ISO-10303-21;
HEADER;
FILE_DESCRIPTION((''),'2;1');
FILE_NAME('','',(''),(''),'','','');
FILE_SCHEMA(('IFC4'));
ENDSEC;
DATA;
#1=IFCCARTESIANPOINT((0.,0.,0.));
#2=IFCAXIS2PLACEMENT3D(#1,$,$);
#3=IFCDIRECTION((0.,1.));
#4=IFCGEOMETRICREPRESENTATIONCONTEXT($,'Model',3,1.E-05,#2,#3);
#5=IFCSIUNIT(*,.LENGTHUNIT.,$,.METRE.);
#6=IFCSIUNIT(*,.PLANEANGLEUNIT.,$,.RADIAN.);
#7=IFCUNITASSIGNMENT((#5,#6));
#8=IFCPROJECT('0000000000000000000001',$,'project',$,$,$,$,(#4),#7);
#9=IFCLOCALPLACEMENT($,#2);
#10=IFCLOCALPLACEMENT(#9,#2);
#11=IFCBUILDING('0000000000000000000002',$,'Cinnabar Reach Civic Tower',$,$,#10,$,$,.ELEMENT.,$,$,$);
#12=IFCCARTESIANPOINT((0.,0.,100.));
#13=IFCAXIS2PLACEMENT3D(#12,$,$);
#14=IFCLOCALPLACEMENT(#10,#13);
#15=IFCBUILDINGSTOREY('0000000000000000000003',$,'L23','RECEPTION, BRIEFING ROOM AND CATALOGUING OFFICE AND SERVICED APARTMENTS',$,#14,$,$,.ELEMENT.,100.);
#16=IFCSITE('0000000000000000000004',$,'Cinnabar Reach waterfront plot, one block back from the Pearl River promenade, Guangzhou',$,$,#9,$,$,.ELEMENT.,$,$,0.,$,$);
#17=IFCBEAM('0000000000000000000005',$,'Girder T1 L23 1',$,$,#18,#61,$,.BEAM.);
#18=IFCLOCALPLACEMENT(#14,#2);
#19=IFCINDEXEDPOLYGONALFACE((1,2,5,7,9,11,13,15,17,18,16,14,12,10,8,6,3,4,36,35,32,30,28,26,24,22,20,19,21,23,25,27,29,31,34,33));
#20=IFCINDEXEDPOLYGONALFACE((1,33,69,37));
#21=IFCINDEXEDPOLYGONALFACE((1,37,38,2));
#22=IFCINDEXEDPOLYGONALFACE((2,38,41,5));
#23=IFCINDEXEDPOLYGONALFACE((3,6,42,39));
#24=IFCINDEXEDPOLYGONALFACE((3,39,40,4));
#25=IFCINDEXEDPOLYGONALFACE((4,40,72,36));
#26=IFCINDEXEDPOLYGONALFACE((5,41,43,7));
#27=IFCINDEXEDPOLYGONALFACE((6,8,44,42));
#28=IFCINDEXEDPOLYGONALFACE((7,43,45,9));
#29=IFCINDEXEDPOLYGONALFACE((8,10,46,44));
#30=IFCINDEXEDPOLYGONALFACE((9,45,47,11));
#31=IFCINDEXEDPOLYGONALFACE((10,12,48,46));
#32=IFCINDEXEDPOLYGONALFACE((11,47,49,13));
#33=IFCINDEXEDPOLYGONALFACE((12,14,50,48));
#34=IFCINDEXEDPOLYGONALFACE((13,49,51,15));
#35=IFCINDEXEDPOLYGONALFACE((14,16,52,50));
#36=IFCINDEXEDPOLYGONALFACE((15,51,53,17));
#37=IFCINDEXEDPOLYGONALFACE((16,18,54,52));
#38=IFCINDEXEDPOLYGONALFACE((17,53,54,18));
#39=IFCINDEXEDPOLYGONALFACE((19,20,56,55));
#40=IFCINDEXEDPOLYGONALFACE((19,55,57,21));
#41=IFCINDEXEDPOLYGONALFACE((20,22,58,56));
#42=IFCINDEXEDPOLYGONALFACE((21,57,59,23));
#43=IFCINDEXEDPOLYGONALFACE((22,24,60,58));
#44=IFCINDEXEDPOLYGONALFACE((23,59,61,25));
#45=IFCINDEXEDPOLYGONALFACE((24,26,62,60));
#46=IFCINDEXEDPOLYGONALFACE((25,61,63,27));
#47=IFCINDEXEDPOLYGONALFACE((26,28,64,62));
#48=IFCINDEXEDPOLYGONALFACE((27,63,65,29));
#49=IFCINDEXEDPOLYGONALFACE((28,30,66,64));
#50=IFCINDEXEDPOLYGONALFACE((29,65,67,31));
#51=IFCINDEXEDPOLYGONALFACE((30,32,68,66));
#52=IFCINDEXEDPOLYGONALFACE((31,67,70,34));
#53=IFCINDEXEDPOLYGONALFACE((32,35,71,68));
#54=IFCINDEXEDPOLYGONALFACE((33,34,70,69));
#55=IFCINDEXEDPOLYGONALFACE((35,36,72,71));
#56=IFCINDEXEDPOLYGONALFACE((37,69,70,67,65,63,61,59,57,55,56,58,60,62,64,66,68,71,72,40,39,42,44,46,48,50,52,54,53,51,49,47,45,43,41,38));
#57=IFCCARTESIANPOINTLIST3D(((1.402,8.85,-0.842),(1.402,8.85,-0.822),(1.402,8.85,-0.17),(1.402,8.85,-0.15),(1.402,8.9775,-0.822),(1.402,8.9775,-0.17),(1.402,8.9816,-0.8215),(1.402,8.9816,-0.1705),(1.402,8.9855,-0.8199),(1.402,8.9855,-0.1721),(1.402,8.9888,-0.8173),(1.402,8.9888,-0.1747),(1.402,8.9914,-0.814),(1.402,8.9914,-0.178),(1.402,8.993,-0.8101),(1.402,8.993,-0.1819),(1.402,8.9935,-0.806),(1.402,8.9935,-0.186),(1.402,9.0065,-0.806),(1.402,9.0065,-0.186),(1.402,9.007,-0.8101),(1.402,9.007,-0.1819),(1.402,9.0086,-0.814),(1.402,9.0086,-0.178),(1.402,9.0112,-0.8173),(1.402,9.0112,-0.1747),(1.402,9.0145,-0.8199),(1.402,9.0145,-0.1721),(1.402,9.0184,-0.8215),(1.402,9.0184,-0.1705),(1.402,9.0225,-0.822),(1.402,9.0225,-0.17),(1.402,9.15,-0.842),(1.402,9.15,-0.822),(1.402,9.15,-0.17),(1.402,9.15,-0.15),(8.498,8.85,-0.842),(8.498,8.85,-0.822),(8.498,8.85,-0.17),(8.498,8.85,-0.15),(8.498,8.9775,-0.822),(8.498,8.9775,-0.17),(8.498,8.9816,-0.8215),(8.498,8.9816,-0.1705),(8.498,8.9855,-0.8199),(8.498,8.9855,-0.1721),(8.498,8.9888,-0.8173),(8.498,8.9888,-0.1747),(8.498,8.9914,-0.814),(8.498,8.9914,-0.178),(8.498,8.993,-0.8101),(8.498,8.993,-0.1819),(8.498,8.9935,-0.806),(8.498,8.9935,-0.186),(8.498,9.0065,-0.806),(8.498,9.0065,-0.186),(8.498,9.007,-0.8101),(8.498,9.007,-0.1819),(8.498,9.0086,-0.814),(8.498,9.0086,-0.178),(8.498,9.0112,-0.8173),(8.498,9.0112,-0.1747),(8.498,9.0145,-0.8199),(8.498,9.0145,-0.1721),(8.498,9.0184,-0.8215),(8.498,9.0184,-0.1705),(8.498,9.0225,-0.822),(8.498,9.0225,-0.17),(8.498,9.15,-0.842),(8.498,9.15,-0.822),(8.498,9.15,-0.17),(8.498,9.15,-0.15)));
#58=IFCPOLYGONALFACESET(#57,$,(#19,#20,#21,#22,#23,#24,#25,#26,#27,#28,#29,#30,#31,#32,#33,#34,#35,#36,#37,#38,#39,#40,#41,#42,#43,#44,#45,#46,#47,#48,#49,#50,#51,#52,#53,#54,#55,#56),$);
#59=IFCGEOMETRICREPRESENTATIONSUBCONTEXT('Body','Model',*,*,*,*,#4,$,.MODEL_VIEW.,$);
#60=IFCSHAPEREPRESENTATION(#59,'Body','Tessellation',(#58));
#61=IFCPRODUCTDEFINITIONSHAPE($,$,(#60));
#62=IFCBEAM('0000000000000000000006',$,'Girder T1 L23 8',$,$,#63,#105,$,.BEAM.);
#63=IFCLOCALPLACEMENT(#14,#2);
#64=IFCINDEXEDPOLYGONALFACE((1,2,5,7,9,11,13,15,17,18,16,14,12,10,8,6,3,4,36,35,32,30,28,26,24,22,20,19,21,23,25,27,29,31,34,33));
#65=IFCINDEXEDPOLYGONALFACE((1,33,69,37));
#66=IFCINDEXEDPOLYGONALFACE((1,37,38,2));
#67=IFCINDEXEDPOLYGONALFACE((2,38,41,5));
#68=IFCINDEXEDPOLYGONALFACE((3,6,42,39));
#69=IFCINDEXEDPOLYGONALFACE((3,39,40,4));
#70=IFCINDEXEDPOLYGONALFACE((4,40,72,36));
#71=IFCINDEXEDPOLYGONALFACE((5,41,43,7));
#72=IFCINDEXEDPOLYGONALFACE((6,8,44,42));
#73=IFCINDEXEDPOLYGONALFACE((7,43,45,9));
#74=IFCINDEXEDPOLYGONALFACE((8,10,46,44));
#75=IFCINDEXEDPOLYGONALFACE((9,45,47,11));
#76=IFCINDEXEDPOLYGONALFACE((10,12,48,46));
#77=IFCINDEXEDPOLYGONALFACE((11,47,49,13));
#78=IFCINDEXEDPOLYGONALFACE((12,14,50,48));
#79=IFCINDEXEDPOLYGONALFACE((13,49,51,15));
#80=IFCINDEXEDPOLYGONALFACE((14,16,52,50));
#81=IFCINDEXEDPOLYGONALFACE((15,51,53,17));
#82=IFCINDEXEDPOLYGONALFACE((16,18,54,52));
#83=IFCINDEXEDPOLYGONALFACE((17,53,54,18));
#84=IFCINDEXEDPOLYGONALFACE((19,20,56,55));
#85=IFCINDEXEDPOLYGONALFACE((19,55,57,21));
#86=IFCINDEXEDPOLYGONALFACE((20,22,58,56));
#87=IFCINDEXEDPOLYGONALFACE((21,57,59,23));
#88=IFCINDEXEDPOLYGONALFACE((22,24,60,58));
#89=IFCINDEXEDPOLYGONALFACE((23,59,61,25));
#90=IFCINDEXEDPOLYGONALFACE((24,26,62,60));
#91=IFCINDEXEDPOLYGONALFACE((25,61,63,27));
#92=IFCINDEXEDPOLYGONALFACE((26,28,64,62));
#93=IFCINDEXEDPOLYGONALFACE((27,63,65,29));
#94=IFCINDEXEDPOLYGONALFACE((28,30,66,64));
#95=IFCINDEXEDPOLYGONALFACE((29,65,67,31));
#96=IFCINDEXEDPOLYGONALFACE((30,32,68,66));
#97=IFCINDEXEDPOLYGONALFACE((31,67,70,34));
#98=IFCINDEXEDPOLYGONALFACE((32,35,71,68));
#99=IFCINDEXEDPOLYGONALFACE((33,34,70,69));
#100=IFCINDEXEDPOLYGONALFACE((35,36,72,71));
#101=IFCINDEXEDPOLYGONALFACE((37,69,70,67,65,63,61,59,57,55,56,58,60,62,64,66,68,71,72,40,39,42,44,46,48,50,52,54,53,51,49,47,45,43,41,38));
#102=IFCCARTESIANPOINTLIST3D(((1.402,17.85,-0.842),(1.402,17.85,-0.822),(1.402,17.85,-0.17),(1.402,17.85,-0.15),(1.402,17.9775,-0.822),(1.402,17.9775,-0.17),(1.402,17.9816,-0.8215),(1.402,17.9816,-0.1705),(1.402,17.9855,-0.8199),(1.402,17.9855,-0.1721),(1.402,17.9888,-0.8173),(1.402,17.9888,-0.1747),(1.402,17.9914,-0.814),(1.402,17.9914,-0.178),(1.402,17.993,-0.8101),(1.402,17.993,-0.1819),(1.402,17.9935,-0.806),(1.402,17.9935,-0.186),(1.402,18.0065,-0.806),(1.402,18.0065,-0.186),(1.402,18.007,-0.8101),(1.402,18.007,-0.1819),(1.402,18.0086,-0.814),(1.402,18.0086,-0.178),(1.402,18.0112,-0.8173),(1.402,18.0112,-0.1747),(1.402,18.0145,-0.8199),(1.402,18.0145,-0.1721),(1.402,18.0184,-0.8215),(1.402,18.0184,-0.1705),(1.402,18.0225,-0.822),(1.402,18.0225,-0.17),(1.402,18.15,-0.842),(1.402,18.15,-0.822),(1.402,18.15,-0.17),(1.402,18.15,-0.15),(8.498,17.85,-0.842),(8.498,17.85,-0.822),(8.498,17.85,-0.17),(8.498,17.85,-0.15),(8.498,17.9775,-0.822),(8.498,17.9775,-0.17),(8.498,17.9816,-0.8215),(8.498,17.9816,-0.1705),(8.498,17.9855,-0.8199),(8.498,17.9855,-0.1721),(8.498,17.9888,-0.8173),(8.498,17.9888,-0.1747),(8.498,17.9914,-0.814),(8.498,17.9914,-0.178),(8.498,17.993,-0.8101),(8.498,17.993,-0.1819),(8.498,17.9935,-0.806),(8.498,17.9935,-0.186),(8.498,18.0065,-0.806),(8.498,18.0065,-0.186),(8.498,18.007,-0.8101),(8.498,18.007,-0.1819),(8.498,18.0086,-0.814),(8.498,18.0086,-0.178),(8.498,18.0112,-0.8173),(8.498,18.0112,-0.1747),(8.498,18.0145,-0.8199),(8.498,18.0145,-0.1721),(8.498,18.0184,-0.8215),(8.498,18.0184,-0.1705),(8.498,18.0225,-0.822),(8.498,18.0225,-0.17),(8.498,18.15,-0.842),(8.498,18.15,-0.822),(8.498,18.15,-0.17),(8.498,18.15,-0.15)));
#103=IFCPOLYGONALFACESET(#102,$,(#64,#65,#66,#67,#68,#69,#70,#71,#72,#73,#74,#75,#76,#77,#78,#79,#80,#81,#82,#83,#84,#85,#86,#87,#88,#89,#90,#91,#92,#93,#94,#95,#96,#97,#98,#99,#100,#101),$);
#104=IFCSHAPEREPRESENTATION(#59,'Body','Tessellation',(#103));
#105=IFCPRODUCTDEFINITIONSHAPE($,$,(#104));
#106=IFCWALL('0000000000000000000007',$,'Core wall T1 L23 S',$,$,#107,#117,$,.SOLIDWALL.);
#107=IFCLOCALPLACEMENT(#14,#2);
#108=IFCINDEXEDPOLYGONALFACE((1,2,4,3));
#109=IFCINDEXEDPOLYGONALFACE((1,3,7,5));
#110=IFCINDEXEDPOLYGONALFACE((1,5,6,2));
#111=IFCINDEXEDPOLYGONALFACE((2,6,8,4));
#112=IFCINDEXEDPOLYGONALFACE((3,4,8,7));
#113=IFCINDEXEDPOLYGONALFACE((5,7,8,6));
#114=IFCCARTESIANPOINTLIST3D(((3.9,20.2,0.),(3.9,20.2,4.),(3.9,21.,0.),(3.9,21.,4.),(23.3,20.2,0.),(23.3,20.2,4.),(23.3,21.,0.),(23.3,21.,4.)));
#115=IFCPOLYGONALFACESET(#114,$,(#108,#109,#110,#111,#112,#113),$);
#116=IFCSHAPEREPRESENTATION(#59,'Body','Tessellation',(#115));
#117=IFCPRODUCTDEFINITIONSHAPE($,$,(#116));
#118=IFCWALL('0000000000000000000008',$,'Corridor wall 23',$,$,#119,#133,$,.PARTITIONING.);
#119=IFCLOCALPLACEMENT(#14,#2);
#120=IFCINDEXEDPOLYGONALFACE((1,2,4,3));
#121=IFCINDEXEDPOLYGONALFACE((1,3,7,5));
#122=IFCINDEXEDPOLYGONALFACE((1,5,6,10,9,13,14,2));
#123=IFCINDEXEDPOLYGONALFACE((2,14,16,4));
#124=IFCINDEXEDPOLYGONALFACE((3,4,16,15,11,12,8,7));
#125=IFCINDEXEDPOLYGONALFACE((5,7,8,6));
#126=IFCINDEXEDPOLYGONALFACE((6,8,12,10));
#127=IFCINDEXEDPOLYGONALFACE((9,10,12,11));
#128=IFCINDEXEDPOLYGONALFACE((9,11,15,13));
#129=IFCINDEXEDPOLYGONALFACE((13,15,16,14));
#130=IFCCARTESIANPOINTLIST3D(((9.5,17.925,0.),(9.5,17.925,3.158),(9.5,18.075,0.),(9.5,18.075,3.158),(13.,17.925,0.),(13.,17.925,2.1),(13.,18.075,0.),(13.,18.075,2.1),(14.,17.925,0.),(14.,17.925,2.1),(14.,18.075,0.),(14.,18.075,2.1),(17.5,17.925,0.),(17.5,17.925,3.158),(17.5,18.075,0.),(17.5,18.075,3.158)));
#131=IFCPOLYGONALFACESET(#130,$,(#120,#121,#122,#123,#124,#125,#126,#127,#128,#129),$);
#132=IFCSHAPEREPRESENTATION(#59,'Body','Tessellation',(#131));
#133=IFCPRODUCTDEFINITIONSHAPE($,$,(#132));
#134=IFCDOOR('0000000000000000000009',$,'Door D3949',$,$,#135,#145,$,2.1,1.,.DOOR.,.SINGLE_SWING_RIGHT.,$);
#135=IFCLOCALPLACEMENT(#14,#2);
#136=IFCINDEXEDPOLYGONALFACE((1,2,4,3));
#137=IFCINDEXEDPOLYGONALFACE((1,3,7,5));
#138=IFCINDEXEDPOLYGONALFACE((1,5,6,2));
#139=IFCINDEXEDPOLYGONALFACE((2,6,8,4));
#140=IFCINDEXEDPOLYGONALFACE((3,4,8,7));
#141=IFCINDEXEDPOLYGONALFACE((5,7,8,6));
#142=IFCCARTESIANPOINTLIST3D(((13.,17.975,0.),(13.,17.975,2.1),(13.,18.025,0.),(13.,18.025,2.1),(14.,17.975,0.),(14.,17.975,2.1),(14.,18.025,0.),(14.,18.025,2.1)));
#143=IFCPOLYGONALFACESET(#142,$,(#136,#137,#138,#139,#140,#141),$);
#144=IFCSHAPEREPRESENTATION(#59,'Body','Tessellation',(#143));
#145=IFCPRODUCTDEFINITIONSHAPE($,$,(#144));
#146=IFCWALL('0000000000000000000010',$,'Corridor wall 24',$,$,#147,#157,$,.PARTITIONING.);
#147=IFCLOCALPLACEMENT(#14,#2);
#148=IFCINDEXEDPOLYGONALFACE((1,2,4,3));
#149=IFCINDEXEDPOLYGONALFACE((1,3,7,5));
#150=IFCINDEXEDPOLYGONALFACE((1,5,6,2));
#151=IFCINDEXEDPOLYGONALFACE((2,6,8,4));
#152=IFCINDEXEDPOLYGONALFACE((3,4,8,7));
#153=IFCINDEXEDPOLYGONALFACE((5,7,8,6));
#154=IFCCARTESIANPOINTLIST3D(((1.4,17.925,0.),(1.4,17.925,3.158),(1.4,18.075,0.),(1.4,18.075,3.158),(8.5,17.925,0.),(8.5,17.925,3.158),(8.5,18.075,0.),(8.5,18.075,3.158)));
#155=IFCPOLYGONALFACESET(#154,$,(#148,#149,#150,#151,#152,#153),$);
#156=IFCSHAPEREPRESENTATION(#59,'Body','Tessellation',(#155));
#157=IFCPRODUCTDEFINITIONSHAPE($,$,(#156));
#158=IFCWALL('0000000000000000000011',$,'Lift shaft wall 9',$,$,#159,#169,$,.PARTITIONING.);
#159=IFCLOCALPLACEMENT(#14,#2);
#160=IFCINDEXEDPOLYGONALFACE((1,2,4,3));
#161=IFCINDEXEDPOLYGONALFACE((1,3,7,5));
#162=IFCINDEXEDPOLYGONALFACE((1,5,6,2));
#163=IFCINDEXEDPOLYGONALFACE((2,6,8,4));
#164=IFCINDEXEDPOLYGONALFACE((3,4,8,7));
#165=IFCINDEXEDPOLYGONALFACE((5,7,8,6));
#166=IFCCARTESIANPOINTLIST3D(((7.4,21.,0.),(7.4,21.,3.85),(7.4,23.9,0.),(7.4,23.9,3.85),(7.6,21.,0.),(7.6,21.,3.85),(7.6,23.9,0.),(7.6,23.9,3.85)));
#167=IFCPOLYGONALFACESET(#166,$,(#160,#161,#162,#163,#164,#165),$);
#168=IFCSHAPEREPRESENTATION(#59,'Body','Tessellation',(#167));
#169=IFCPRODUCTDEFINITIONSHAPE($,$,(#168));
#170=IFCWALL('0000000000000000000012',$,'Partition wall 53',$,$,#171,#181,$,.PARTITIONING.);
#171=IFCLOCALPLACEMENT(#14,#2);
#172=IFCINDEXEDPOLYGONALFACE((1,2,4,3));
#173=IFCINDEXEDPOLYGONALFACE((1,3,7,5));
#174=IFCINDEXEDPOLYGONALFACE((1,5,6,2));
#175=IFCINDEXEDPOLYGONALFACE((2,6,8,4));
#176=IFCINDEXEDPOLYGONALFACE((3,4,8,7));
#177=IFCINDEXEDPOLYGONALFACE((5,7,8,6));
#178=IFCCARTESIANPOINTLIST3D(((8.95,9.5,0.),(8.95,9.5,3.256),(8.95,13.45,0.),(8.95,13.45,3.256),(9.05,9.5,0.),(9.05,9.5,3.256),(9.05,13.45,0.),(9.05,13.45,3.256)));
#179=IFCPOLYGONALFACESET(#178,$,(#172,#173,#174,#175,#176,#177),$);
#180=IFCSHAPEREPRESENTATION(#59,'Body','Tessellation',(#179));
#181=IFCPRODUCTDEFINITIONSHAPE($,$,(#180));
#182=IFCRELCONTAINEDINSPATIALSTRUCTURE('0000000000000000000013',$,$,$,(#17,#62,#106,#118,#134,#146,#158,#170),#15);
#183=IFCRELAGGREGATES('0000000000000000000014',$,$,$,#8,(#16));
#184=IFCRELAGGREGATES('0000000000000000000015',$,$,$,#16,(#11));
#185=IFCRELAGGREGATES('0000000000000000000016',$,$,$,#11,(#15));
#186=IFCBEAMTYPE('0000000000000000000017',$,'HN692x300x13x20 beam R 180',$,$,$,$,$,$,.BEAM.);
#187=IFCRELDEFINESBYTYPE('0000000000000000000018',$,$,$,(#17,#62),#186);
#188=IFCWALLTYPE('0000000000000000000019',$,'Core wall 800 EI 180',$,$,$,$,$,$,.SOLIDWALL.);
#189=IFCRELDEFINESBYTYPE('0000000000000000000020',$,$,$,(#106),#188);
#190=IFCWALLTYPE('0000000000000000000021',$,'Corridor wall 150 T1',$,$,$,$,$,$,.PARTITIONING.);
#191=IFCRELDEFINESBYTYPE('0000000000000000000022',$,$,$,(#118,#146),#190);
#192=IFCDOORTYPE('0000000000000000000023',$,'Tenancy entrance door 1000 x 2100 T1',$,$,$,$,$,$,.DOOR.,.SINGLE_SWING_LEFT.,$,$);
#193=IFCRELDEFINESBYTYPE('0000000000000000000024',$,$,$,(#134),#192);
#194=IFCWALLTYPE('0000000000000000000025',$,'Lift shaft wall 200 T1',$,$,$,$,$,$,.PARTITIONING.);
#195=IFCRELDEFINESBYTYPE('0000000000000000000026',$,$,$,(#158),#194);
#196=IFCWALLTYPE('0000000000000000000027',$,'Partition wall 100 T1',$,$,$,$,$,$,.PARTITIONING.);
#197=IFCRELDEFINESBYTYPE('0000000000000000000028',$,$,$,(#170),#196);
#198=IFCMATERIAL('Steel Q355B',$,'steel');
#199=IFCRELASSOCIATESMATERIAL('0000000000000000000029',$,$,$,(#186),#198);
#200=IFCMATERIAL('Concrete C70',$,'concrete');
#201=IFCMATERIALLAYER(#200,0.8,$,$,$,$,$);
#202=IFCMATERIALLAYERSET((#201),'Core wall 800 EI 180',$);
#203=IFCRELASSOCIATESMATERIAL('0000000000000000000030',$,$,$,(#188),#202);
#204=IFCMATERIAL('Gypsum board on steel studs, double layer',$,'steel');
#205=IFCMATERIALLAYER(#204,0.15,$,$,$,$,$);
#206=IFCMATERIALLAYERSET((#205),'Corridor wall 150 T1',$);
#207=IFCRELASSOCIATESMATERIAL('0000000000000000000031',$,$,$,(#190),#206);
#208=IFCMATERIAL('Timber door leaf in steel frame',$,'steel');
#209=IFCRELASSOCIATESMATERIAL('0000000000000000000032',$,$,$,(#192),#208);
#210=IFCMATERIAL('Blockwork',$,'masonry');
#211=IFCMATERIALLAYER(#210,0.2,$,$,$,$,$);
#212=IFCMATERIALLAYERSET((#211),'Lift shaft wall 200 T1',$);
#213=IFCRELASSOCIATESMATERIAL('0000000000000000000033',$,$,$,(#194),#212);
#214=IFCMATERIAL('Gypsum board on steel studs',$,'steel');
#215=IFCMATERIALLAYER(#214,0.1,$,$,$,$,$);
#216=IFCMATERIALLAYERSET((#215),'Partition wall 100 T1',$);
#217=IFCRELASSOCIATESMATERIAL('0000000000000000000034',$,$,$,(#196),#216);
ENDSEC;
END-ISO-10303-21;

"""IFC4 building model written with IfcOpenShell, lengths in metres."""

from ifc_helpers import new_model, si_unit, direction, frame, frame_2d, origin, origin_2d, place, context, subcontext, project, spatial, rectangle, i_section, extrude, material, layer, layer_set, material_profile, profile_set, type_object, element, fill, save


model = new_model("IFC4")

# Units and contexts
model_context = context("Model", 3, precision=1e-05, world=origin(), true_north=direction((0.0, 1.0)))
body_context = subcontext(model_context, "Body", "Model", "MODEL_VIEW")
ifc_project = project(units=[si_unit("LENGTHUNIT", "METRE"), si_unit("PLANEANGLEUNIT", "RADIAN")], contexts=[model_context])

# Site, building, storey
site_placement = place(None, origin())
site = spatial("IfcSite", under=ifc_project, at=site_placement, Name="Cinnabar Reach waterfront plot, one block back from the Pearl River promenade, Guangzhou", CompositionType="ELEMENT", RefElevation=0.0)
building_placement = place(site_placement, origin())
building = spatial("IfcBuilding", under=site, at=building_placement, Name="Cinnabar Reach Civic Tower", CompositionType="ELEMENT")
storey_placement = place(building_placement, frame((0.0, 0.0, 100.0)))
storey = spatial("IfcBuildingStorey", under=building, at=storey_placement, Name="L23", Description="RECEPTION, BRIEFING ROOM AND CATALOGUING OFFICE AND SERVICED APARTMENTS", CompositionType="ELEMENT", Elevation=100.0)

# Shared definitions
ifc_material_1 = material(Name="Concrete C70", Category="concrete")

# Beams
ifc_material_2 = material(Name="Steel Q355B", Category="steel")
ifc_material_profile_1 = material_profile(ifc_material_2, i_section(OverallWidth=0.3, OverallDepth=0.692, WebThickness=0.013, FlangeThickness=0.02, FilletRadius=0.016, at=origin_2d()), Name="HN692x300x13x20")
ifc_profile_set_1 = profile_set([ifc_material_profile_1], Name="Steel Q355B")
beam_type_1 = type_object("IfcBeamType", Name="HN692x300x13x20 beam R 180", PredefinedType="BEAM", material=ifc_profile_set_1)
for number, where, z_axis, x_axis, name in (
    (1, (1.402, 9.0, -0.496), (1.0, 0.0, 0.0), (0.0, 1.0, 0.0), "Girder T1 L23 1"),
    (2, (1.402, 18.0, -0.496), (1.0, 0.0, 0.0), (0.0, 1.0, 0.0), "Girder T1 L23 8"),
):
    element("IfcBeam", number, at=place(storey_placement, frame(where, z_axis=z_axis, x_axis=x_axis)), inside=storey, type_object=beam_type_1, Name=name, PredefinedType="BEAM", context=body_context, shape_type="SweptSolid", body=[
        extrude(i_section(OverallWidth=0.3, OverallDepth=0.692, WebThickness=0.013, FlangeThickness=0.02, FilletRadius=0.016, at=origin_2d()), origin(), (0.0, 0.0, 1.0), 7.096),
    ])

# Wall
ifc_layer_1 = layer(ifc_material_1, 0.8)
ifc_layer_set_1 = layer_set([ifc_layer_1], Name="Core wall 800 EI 180")
wall_type_1 = type_object("IfcWallType", Name="Core wall 800 EI 180", PredefinedType="SOLIDWALL", material=ifc_layer_set_1)
wall_1_placement = place(storey_placement, frame((3.9, 20.6, 0.0), z_axis=(0.0, 0.0, 1.0), x_axis=(1.0, 0.0, 0.0)))
element("IfcWall", 3, at=wall_1_placement, inside=storey, type_object=wall_type_1, Name="Core wall T1 L23 S", PredefinedType="SOLIDWALL", context=body_context, shape_type="SweptSolid", body=[
    extrude(rectangle(XDim=19.4, YDim=0.8, at=frame_2d((9.7, 0.0))), origin(), (0.0, 0.0, 1.0), 4.0),
])

# Wall, opening, door
ifc_material_3 = material(Name="Gypsum board on steel studs, double layer", Category="steel")
ifc_layer_2 = layer(ifc_material_3, 0.15)
ifc_layer_set_2 = layer_set([ifc_layer_2], Name="Corridor wall 150 T1")
wall_type_2 = type_object("IfcWallType", Name="Corridor wall 150 T1", PredefinedType="PARTITIONING", material=ifc_layer_set_2)
wall_2_placement = place(storey_placement, frame((9.5, 18.0, 0.0), z_axis=(0.0, 0.0, 1.0), x_axis=(1.0, 0.0, 0.0)))
wall_2 = element("IfcWall", 4, at=wall_2_placement, inside=storey, type_object=wall_type_2, Name="Corridor wall 23", PredefinedType="PARTITIONING", context=body_context, shape_type="SweptSolid", body=[
    extrude(rectangle(XDim=8.0, YDim=0.15, at=frame_2d((4.0, 0.0))), origin(), (0.0, 0.0, 1.0), 3.158),
])
opening_placement = place(wall_2_placement, frame((3.5, 0.0, 0.0)))
opening = element("IfcOpeningElement", 5, at=opening_placement, cuts=wall_2, PredefinedType="OPENING", context=body_context, shape_type="SweptSolid", body=[
    extrude(rectangle(XDim=1.0, YDim=2.1, at=frame_2d((0.5, 1.05))), frame((0.0, 0.085, 0.0), z_axis=(0.0, -1.0, 0.0), x_axis=(1.0, 0.0, 0.0)), (0.0, 0.0, 1.0), 0.17),
])
ifc_material_4 = material(Name="Timber door leaf in steel frame", Category="steel")
door_type = type_object("IfcDoorType", Name="Tenancy entrance door 1000 x 2100 T1", OperationType="SINGLE_SWING_LEFT", PredefinedType="DOOR", material=ifc_material_4)
door_placement = place(opening_placement, frame((1.0, 0.0, 0.0), z_axis=(0.0, 0.0, 1.0), x_axis=(-1.0, 0.0, 0.0)))
door = element("IfcDoor", 6, at=door_placement, inside=storey, type_object=door_type, Name="Door D3949", OperationType="SINGLE_SWING_RIGHT", OverallHeight=2.1, OverallWidth=1.0, PredefinedType="DOOR", context=body_context, shape_type="SweptSolid", body=[
    extrude(rectangle(XDim=1.0, YDim=2.1, at=frame_2d((0.5, 1.05))), frame((0.0, 0.025, 0.0), z_axis=(0.0, -1.0, 0.0), x_axis=(1.0, 0.0, 0.0)), (0.0, 0.0, 1.0), 0.05),
])
fill(opening, door)

# Walls
wall_3_placement = place(storey_placement, frame((1.4, 18.0, 0.0), z_axis=(0.0, 0.0, 1.0), x_axis=(1.0, 0.0, 0.0)))
element("IfcWall", 7, at=wall_3_placement, inside=storey, type_object=wall_type_2, Name="Corridor wall 24", PredefinedType="PARTITIONING", context=body_context, shape_type="SweptSolid", body=[
    extrude(rectangle(XDim=7.1, YDim=0.15, at=frame_2d((3.55, 0.0))), origin(), (0.0, 0.0, 1.0), 3.158),
])
ifc_material_5 = material(Name="Blockwork", Category="masonry")
ifc_layer_3 = layer(ifc_material_5, 0.2)
ifc_layer_set_3 = layer_set([ifc_layer_3], Name="Lift shaft wall 200 T1")
wall_type_3 = type_object("IfcWallType", Name="Lift shaft wall 200 T1", PredefinedType="PARTITIONING", material=ifc_layer_set_3)
wall_4_placement = place(storey_placement, frame((7.5, 21.0, 0.0), z_axis=(0.0, 0.0, 1.0), x_axis=(0.0, 1.0, 0.0)))
element("IfcWall", 8, at=wall_4_placement, inside=storey, type_object=wall_type_3, Name="Lift shaft wall 9", PredefinedType="PARTITIONING", context=body_context, shape_type="SweptSolid", body=[
    extrude(rectangle(XDim=2.9, YDim=0.2, at=frame_2d((1.45, 0.0))), origin(), (0.0, 0.0, 1.0), 3.85),
])
ifc_material_6 = material(Name="Gypsum board on steel studs", Category="steel")
ifc_layer_4 = layer(ifc_material_6, 0.1)
ifc_layer_set_4 = layer_set([ifc_layer_4], Name="Partition wall 100 T1")
wall_type_4 = type_object("IfcWallType", Name="Partition wall 100 T1", PredefinedType="PARTITIONING", material=ifc_layer_set_4)
wall_5_placement = place(storey_placement, frame((9.0, 9.5, 0.0), z_axis=(0.0, 0.0, 1.0), x_axis=(0.0, 1.0, 0.0)))
element("IfcWall", 9, at=wall_5_placement, inside=storey, type_object=wall_type_4, Name="Partition wall 53", PredefinedType="PARTITIONING", context=body_context, shape_type="SweptSolid", body=[
    extrude(rectangle(XDim=3.95, YDim=0.1, at=frame_2d((1.975, 0.0))), origin(), (0.0, 0.0, 1.0), 3.256),
])

save(model, "model.ifc")
